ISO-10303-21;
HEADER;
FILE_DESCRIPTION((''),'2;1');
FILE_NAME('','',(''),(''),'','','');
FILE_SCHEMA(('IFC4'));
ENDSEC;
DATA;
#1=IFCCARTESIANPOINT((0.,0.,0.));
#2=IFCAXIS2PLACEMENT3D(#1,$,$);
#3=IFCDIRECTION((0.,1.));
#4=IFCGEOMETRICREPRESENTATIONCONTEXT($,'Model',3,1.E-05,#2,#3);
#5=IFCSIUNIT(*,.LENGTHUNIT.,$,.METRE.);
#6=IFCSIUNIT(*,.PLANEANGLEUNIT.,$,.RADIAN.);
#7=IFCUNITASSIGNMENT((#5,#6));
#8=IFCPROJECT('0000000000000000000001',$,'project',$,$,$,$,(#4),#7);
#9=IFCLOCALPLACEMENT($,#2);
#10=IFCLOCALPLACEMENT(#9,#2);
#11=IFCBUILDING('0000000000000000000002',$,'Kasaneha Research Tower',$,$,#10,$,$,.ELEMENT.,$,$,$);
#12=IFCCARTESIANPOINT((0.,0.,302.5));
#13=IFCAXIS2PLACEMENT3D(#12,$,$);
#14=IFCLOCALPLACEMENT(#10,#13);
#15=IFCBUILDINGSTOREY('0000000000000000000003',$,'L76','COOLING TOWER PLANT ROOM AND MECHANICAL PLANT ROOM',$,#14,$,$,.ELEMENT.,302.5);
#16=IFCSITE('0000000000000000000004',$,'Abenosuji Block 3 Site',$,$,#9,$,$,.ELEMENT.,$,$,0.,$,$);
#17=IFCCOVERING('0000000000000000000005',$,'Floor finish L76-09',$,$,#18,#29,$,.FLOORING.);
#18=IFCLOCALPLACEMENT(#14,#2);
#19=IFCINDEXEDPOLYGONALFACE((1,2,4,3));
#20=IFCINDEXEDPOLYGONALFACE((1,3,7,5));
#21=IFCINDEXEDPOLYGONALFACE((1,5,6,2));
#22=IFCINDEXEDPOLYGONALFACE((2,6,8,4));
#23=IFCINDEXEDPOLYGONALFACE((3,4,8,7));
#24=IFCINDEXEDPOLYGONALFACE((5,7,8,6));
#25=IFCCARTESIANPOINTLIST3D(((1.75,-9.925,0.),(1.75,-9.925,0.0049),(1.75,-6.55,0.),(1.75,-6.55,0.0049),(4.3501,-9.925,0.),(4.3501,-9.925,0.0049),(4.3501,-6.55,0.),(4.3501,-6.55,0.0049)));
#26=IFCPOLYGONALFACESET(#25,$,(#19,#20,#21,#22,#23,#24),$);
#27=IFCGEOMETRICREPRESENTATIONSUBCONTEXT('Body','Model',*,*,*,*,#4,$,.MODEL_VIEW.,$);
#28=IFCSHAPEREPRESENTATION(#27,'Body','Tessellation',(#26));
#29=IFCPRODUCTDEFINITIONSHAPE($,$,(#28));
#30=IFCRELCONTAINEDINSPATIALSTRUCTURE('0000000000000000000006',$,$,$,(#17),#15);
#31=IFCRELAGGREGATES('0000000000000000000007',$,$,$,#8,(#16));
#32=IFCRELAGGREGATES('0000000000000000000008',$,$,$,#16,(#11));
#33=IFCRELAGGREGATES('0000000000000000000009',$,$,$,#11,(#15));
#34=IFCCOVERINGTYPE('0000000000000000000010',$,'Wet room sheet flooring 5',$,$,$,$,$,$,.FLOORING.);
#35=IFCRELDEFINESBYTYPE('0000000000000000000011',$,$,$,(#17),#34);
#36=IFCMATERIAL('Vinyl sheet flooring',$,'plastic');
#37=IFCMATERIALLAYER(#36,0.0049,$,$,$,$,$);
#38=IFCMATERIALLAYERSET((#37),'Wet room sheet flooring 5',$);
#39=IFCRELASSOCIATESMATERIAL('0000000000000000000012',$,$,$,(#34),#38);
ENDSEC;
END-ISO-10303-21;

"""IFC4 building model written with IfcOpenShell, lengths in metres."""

from ifc_helpers import new_model, si_unit, direction, frame, origin, place, context, subcontext, project, spatial, polyline, outline, extrude, material, layer, layer_set, type_object, element, save


model = new_model("IFC4")

# Units and contexts
model_context = context("Model", 3, precision=1e-05, world=origin(), true_north=direction((0.0, 1.0)))
body_context = subcontext(model_context, "Body", "Model", "MODEL_VIEW")
ifc_project = project(units=[si_unit("LENGTHUNIT", "METRE"), si_unit("PLANEANGLEUNIT", "RADIAN")], contexts=[model_context])

# Site, building, storey
site_placement = place(None, origin())
site = spatial("IfcSite", under=ifc_project, at=site_placement, Name="Abenosuji Block 3 Site", CompositionType="ELEMENT", RefElevation=0.0)
building_placement = place(site_placement, origin())
building = spatial("IfcBuilding", under=site, at=building_placement, Name="Kasaneha Research Tower", CompositionType="ELEMENT")
storey_placement = place(building_placement, frame((0.0, 0.0, 302.5)))
storey = spatial("IfcBuildingStorey", under=building, at=storey_placement, Name="L76", Description="COOLING TOWER PLANT ROOM AND MECHANICAL PLANT ROOM", CompositionType="ELEMENT", Elevation=302.5)

# Covering
ifc_material_1 = material(Name="Vinyl sheet flooring", Category="plastic")
ifc_layer_1 = layer(ifc_material_1, 0.0049)
ifc_layer_set_1 = layer_set([ifc_layer_1], Name="Wet room sheet flooring 5")
covering_type = type_object("IfcCoveringType", Name="Wet room sheet flooring 5", PredefinedType="FLOORING", material=ifc_layer_set_1)
covering_1_placement = place(storey_placement, origin())
element("IfcCovering", 1, at=covering_1_placement, inside=storey, type_object=covering_type, Name="Floor finish L76-09", PredefinedType="FLOORING", context=body_context, shape_type="SweptSolid", body=[
    extrude(outline(polyline([(1.75, -9.925), (1.75, -6.55), (4.3501, -6.55), (4.3501, -9.925), (1.75, -9.925)])), origin(), (0.0, 0.0, 1.0), 0.0049),
])

save(model, "model.ifc")
